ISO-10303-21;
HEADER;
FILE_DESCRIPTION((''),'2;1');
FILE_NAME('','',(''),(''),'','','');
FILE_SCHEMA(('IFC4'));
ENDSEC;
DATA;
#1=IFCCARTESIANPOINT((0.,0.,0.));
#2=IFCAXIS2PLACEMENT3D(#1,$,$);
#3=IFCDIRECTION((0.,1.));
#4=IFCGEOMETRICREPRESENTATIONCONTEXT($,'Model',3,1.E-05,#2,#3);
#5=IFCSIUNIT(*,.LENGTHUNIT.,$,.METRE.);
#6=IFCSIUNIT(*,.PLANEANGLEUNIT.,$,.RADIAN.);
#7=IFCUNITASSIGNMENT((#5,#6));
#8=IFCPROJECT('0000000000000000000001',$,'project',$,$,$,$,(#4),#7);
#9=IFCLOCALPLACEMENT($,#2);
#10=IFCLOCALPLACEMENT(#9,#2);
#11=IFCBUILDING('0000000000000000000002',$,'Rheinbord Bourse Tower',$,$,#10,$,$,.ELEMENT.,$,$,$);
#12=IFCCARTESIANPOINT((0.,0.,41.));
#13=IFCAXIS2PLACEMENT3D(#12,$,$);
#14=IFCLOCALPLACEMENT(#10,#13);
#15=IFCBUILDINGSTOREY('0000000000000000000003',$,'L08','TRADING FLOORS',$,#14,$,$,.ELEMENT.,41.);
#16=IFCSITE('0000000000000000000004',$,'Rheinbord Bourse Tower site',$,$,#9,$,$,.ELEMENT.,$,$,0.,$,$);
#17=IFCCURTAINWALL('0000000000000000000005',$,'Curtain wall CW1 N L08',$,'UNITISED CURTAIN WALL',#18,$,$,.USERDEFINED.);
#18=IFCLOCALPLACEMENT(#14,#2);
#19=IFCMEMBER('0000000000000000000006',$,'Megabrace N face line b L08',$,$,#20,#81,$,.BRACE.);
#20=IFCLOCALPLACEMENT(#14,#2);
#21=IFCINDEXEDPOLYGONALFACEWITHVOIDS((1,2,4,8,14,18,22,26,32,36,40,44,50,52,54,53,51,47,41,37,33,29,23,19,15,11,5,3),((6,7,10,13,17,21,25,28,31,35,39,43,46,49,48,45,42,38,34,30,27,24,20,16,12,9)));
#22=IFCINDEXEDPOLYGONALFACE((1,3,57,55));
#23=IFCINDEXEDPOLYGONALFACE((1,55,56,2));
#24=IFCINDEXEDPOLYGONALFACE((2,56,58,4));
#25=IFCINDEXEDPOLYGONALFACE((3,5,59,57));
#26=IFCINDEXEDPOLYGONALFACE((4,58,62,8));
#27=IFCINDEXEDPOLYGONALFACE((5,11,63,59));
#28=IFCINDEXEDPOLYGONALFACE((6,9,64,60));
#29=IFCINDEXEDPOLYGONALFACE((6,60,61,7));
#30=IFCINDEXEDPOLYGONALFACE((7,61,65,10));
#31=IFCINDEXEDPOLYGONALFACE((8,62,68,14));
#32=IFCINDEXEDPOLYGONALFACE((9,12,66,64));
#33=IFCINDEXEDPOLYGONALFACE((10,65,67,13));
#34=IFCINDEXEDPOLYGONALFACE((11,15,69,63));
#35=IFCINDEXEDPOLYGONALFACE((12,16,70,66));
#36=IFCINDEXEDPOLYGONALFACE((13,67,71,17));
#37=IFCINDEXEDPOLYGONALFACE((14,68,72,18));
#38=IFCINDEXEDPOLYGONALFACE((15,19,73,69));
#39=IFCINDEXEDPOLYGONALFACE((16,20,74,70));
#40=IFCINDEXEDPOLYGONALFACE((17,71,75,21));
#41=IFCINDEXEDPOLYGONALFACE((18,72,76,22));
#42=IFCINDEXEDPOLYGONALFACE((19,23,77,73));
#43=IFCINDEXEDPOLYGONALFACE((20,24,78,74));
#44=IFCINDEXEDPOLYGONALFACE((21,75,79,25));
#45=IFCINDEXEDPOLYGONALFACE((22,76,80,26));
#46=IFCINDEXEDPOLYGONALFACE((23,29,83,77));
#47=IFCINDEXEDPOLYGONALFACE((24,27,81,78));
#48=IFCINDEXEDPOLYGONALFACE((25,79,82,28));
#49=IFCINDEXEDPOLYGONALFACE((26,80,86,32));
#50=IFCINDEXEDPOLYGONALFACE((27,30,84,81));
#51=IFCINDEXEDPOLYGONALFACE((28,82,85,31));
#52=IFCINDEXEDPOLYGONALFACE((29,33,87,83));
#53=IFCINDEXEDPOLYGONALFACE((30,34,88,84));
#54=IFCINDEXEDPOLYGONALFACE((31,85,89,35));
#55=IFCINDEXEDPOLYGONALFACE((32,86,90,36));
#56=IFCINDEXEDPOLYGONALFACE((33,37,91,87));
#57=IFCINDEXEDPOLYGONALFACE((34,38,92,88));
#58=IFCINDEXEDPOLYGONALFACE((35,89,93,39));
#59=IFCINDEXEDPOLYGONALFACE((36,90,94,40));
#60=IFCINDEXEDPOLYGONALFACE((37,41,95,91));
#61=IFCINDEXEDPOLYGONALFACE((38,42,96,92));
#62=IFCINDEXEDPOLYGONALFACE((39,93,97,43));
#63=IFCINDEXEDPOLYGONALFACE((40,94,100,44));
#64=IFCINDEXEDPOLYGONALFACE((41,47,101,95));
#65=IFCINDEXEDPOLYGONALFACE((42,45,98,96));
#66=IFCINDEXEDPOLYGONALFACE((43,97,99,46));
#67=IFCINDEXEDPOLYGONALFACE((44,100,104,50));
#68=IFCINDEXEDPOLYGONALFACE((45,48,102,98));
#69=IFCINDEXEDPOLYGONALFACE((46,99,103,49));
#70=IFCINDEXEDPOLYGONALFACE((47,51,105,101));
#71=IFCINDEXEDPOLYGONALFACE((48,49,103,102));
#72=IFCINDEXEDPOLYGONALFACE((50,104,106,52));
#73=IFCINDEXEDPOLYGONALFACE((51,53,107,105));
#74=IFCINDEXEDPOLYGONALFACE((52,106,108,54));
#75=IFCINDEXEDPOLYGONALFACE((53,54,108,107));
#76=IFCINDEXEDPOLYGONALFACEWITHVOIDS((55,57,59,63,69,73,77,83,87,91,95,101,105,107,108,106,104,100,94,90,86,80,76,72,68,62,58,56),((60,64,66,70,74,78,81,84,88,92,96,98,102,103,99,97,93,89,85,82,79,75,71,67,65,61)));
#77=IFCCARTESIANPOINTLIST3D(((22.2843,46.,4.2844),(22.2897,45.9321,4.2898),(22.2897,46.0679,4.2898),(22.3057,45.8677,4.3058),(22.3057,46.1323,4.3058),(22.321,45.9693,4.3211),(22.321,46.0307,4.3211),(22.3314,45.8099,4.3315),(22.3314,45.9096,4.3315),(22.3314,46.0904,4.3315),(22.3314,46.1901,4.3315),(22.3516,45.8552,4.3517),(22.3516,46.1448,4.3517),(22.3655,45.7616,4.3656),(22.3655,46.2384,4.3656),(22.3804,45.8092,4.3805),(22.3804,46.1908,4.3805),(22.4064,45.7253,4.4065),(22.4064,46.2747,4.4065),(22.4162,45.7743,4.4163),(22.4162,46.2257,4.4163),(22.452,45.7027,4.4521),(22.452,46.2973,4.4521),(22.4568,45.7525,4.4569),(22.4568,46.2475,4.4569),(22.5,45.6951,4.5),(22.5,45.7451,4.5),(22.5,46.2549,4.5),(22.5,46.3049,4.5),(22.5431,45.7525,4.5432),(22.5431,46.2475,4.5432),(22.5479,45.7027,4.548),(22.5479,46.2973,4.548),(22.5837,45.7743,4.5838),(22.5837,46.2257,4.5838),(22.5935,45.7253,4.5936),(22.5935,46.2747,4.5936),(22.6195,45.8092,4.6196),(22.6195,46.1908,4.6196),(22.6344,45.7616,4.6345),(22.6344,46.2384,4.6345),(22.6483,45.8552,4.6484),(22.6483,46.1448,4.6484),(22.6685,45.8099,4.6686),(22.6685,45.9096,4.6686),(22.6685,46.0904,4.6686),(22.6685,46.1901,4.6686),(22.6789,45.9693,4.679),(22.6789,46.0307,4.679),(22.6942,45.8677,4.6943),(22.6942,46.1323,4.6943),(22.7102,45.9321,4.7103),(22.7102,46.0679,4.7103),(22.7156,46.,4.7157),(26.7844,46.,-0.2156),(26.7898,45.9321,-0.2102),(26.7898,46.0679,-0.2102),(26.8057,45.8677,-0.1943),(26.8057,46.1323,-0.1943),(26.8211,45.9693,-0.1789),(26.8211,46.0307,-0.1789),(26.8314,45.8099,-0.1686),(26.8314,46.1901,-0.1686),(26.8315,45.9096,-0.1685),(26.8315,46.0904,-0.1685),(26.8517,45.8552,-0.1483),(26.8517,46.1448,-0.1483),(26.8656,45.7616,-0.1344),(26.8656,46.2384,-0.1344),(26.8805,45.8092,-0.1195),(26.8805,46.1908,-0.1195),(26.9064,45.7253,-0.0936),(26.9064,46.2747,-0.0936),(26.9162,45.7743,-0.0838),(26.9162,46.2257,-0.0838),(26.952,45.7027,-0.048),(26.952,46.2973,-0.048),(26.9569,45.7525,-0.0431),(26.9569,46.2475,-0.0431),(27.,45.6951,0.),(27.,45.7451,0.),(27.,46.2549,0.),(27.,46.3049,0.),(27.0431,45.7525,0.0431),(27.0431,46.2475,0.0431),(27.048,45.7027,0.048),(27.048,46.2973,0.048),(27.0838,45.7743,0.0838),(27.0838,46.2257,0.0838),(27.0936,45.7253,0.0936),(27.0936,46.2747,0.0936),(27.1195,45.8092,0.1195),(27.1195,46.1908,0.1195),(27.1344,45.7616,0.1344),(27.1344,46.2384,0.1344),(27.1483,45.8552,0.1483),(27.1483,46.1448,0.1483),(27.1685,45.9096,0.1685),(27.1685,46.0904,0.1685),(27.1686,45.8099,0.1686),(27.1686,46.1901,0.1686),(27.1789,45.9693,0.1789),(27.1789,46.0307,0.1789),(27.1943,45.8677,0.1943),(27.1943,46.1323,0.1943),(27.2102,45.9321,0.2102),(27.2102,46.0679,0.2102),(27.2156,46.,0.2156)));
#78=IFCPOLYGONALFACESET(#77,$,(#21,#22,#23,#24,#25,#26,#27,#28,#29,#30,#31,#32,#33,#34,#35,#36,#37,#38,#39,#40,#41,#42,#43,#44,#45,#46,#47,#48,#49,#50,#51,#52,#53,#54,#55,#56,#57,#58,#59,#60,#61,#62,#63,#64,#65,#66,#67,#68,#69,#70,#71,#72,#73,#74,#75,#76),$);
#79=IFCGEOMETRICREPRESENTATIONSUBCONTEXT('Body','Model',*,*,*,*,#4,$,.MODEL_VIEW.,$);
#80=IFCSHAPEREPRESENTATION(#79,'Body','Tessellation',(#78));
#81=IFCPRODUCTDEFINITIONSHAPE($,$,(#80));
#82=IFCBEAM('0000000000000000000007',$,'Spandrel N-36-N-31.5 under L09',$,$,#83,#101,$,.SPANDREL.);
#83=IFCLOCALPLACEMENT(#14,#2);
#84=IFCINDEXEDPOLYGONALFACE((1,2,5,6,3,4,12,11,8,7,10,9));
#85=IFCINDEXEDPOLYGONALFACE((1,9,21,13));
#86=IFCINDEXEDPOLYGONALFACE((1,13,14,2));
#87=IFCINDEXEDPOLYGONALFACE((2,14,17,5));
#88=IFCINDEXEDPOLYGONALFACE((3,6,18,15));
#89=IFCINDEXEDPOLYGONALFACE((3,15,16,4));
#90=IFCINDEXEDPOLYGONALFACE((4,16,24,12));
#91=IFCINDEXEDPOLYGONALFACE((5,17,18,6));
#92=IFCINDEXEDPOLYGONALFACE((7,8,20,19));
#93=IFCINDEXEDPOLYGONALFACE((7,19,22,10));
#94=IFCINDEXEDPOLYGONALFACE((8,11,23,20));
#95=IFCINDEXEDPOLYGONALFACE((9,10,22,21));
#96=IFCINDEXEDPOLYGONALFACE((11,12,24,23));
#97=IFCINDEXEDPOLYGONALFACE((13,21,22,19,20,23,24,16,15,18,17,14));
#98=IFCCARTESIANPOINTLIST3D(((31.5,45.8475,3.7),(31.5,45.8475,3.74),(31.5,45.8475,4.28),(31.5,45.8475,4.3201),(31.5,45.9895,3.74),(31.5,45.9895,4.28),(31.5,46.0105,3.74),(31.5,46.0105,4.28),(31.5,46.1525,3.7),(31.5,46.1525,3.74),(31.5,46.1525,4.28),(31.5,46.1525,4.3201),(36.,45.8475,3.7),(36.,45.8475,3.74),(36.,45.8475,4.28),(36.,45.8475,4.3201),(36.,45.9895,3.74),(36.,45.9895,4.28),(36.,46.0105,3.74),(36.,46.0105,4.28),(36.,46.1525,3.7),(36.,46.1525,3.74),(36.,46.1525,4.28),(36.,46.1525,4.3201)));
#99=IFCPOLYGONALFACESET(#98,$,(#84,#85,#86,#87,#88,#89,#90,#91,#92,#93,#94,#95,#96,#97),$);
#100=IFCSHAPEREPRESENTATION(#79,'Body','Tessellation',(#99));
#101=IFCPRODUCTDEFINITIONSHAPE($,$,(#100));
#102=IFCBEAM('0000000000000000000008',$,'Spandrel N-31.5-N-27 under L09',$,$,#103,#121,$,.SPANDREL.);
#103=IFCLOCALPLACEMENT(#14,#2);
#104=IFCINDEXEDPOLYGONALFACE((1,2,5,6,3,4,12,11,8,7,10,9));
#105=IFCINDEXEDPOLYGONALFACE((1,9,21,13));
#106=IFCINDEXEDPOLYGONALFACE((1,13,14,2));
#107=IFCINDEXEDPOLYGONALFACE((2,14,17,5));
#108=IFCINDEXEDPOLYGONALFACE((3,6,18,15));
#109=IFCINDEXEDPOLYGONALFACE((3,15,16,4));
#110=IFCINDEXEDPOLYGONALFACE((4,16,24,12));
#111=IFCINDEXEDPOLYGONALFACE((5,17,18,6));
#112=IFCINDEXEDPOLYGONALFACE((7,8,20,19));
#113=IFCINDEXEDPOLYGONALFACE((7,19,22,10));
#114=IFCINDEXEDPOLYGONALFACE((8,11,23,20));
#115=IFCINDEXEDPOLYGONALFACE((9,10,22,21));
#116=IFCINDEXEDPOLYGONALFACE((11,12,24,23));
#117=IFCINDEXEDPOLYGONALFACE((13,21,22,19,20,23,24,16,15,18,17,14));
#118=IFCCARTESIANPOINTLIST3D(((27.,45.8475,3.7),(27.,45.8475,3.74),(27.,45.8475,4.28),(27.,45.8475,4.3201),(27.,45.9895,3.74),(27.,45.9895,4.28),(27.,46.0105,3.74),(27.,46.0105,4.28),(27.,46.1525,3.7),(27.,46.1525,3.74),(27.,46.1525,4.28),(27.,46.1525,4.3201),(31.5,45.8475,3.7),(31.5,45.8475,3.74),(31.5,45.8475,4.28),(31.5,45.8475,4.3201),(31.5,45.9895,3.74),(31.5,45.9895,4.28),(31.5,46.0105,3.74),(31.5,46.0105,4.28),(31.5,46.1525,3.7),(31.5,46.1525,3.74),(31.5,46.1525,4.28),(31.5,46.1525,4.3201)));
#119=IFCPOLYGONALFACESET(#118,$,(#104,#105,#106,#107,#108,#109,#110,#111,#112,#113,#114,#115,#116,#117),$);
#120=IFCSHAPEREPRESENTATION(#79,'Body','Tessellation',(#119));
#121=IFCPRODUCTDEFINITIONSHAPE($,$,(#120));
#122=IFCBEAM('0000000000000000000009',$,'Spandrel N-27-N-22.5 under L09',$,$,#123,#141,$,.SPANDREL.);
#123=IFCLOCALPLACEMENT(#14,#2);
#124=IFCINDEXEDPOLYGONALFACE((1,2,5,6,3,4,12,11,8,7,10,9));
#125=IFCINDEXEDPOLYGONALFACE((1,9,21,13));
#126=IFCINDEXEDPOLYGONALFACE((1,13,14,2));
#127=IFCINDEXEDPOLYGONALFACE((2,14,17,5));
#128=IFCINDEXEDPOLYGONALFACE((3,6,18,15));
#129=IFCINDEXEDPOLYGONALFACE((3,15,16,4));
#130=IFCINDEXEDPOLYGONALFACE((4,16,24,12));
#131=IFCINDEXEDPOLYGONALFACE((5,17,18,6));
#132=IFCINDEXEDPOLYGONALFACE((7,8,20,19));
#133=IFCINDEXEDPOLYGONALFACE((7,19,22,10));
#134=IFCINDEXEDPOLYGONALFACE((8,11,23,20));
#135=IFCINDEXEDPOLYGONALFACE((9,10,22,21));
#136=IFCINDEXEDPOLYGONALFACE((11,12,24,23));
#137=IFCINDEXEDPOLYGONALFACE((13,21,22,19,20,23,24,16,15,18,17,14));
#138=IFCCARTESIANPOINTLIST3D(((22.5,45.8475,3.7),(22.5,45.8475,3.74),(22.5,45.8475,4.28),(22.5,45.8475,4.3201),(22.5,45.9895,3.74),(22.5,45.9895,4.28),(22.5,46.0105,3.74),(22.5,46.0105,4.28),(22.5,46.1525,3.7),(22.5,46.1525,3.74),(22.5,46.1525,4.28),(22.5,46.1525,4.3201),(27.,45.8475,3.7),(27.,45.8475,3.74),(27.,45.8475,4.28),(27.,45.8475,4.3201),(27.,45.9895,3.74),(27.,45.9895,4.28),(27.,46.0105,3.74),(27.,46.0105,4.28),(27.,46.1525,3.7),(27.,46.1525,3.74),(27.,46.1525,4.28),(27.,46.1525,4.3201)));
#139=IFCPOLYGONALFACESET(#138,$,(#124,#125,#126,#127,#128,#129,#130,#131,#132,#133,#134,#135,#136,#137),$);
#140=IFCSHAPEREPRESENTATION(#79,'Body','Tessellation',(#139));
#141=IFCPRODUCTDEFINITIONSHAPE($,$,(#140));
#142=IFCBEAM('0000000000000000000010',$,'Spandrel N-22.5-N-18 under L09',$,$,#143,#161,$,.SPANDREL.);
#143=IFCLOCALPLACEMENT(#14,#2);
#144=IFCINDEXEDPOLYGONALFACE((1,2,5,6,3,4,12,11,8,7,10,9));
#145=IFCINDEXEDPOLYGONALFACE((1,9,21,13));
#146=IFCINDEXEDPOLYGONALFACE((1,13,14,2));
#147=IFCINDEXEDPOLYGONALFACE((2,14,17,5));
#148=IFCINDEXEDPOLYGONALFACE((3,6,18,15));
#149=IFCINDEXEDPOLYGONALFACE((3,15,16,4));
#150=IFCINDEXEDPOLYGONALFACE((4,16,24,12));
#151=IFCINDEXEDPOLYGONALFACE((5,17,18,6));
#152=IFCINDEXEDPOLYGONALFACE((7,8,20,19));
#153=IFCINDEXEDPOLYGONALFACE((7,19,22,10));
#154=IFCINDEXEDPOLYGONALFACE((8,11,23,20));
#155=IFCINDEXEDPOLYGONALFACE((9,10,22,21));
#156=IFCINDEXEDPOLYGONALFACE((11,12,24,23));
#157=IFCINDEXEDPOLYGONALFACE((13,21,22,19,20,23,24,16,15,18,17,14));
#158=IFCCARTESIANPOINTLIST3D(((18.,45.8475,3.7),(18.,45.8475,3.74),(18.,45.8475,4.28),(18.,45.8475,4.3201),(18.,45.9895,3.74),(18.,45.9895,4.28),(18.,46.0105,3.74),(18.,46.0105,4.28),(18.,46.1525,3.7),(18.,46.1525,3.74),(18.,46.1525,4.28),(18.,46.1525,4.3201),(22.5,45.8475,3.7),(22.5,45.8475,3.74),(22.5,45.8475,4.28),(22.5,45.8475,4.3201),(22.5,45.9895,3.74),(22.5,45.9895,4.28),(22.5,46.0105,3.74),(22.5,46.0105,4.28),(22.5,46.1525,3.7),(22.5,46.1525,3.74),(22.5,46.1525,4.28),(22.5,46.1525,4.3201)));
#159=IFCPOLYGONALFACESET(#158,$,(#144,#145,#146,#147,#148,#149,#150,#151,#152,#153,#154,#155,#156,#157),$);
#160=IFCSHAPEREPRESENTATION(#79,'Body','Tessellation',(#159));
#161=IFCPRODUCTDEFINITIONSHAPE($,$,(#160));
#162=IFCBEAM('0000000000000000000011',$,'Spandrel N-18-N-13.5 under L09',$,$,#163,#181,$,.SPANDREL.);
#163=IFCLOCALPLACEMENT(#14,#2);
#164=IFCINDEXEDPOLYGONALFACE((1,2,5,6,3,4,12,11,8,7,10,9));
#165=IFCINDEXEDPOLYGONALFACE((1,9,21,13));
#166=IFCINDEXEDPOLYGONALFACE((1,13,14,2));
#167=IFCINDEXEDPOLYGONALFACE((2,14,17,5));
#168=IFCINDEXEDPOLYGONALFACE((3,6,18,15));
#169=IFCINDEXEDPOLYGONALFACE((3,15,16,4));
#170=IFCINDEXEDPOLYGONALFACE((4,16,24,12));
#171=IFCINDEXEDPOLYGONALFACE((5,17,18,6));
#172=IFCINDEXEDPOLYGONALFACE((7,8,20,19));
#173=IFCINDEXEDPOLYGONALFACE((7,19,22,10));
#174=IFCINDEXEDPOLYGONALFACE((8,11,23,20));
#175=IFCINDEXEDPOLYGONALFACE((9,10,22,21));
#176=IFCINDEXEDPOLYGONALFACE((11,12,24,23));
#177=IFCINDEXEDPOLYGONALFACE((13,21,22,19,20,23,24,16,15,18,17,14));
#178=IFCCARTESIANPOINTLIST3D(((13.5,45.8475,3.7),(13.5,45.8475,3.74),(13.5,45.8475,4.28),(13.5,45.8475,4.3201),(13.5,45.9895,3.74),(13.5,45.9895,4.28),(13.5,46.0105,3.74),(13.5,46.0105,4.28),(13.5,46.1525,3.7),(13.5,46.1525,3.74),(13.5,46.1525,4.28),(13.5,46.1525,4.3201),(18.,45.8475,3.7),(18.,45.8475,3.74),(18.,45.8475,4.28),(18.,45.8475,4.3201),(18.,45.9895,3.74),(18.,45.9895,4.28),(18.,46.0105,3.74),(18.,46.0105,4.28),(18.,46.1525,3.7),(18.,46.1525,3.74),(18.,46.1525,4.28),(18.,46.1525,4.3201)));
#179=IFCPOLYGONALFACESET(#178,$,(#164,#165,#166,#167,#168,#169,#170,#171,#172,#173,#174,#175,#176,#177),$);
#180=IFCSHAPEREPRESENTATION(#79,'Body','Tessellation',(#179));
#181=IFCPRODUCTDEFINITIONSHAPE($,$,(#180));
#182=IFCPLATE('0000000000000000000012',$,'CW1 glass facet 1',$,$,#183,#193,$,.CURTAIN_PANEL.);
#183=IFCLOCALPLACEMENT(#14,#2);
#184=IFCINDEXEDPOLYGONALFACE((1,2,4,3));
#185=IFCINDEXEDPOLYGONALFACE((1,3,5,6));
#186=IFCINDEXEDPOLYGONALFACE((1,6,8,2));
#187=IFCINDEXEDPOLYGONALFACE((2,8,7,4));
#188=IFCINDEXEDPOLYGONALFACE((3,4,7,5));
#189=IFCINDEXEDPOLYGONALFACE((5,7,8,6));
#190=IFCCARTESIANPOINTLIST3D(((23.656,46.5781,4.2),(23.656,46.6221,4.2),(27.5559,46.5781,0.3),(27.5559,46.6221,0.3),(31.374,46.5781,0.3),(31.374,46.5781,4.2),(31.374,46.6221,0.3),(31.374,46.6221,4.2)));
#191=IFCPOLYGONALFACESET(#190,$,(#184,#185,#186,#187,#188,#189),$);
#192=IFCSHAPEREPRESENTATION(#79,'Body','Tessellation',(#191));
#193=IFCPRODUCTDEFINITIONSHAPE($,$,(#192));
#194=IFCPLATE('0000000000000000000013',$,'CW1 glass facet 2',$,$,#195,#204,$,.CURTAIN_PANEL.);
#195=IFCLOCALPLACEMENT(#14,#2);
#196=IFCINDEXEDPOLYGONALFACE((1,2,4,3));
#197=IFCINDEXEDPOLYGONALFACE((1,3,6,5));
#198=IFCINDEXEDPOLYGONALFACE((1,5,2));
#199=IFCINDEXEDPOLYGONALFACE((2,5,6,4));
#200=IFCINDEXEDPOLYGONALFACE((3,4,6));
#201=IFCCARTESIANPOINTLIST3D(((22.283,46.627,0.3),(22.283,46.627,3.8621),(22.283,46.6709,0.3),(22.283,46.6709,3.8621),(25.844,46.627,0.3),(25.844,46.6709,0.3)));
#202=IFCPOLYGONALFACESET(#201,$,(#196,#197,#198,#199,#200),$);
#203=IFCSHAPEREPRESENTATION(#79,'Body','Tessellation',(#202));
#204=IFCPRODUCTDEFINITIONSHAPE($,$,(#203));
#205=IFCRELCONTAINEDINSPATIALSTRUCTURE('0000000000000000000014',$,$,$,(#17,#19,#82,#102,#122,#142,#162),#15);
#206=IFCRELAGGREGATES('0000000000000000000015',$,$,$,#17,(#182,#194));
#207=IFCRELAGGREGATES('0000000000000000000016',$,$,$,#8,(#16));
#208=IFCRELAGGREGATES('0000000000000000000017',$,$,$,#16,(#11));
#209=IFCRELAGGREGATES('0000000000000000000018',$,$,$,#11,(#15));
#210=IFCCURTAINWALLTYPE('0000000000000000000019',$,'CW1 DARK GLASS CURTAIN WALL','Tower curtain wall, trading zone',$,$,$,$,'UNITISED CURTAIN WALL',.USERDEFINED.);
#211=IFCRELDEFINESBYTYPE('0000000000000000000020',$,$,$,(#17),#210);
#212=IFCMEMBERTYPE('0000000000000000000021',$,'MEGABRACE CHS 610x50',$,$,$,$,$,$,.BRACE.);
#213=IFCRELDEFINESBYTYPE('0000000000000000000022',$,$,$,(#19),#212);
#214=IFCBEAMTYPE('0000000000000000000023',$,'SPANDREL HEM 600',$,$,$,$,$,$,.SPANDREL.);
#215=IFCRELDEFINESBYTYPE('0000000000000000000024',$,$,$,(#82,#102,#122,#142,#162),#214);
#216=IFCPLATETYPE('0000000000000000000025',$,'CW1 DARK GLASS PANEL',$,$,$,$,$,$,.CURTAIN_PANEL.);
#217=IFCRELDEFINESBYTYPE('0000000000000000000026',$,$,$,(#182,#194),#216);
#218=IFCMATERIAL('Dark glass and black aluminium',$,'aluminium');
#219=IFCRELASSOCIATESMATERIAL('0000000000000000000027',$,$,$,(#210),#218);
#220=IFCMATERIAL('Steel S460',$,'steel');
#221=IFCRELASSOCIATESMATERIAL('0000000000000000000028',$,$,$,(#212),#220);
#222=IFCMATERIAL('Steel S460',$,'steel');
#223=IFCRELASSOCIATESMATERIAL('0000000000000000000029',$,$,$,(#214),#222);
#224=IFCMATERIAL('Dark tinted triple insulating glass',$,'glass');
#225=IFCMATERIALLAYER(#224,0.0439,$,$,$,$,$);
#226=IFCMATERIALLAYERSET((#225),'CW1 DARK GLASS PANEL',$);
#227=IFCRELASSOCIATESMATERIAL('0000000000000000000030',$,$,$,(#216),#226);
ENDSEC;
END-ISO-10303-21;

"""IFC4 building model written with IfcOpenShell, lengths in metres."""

from ifc_helpers import new_model, si_unit, direction, frame, origin, origin_2d, place, context, subcontext, project, spatial, polyline, hollow_circle, i_section, outline, extrude, material, layer, layer_set, material_profile, profile_set, type_object, element, aggregate, save


model = new_model("IFC4")

# Units and contexts
model_context = context("Model", 3, precision=1e-05, world=origin(), true_north=direction((0.0, 1.0)))
body_context = subcontext(model_context, "Body", "Model", "MODEL_VIEW")
ifc_project = project(units=[si_unit("LENGTHUNIT", "METRE"), si_unit("PLANEANGLEUNIT", "RADIAN")], contexts=[model_context])

# Site, building, storey
site_placement = place(None, origin())
site = spatial("IfcSite", under=ifc_project, at=site_placement, Name="Rheinbord Bourse Tower site", CompositionType="ELEMENT", RefElevation=0.0)
building_placement = place(site_placement, origin())
building = spatial("IfcBuilding", under=site, at=building_placement, Name="Rheinbord Bourse Tower", CompositionType="ELEMENT")
storey_placement = place(building_placement, frame((0.0, 0.0, 41.0)))
storey = spatial("IfcBuildingStorey", under=building, at=storey_placement, Name="L08", Description="TRADING FLOORS", CompositionType="ELEMENT", Elevation=41.0)

# Curtain wall
ifc_material_1 = material(Name="Dark glass and black aluminium", Category="aluminium")
curtain_wall_type = type_object("IfcCurtainWallType", Name="CW1 DARK GLASS CURTAIN WALL", Description="Tower curtain wall, trading zone", ElementType="UNITISED CURTAIN WALL", PredefinedType="USERDEFINED", material=ifc_material_1)
curtain_wall_placement = place(storey_placement, origin())
curtain_wall = element("IfcCurtainWall", 1, at=curtain_wall_placement, inside=storey, type_object=curtain_wall_type, Name="Curtain wall CW1 N L08", ObjectType="UNITISED CURTAIN WALL", PredefinedType="USERDEFINED")

# Member
ifc_material_2 = material(Name="Steel S460", Category="steel")
ifc_material_profile_1 = material_profile(ifc_material_2, hollow_circle(Radius=0.3049, WallThickness=0.05, at=origin_2d()), Name="CHS 610x50")
ifc_profile_set_1 = profile_set([ifc_material_profile_1], Name="Steel S460")
member_type_1 = type_object("IfcMemberType", Name="MEGABRACE CHS 610x50", PredefinedType="BRACE", material=ifc_profile_set_1)
member_1_placement = place(storey_placement, frame((27.0, 46.0, 0.0), z_axis=(-0.707107, 0.0, 0.707107), x_axis=(0.0, -1.0, 0.0)))
element("IfcMember", 2, at=member_1_placement, inside=storey, type_object=member_type_1, Name="Megabrace N face line b L08", PredefinedType="BRACE", context=body_context, shape_type="SweptSolid", body=[
    extrude(hollow_circle(Radius=0.3049, WallThickness=0.05, at=origin_2d()), origin(), (0.0, 0.0, 1.0), 6.364),
])

# Beams
ifc_material_3 = material(Name="Steel S460", Category="steel")
ifc_material_profile_2 = material_profile(ifc_material_3, i_section(OverallWidth=0.3049, OverallDepth=0.6201, WebThickness=0.021, FlangeThickness=0.04, at=origin_2d()), Name="HEM 600")
ifc_profile_set_2 = profile_set([ifc_material_profile_2], Name="Steel S460")
beam_type_1 = type_object("IfcBeamType", Name="SPANDREL HEM 600", PredefinedType="SPANDREL", material=ifc_profile_set_2)
for number, where, z_axis, x_axis, name in (
    (3, (36.0, 46.0, 4.01), (-1.0, 0.0, 0.0), (0.0, -1.0, 0.0), "Spandrel N-36-N-31.5 under L09"),
    (4, (31.5, 46.0, 4.01), (-1.0, 0.0, 0.0), (0.0, -1.0, 0.0), "Spandrel N-31.5-N-27 under L09"),
    (5, (27.0, 46.0, 4.01), (-1.0, 0.0, 0.0), (0.0, -1.0, 0.0), "Spandrel N-27-N-22.5 under L09"),
    (6, (22.5, 46.0, 4.01), (-1.0, 0.0, 0.0), (0.0, -1.0, 0.0), "Spandrel N-22.5-N-18 under L09"),
    (7, (18.0, 46.0, 4.01), (-1.0, 0.0, 0.0), (0.0, -1.0, 0.0), "Spandrel N-18-N-13.5 under L09"),
):
    element("IfcBeam", number, at=place(storey_placement, frame(where, z_axis=z_axis, x_axis=x_axis)), inside=storey, type_object=beam_type_1, Name=name, PredefinedType="SPANDREL", context=body_context, shape_type="SweptSolid", body=[
        extrude(i_section(OverallWidth=0.3049, OverallDepth=0.6201, WebThickness=0.021, FlangeThickness=0.04, at=origin_2d()), origin(), (0.0, 0.0, 1.0), 4.5),
    ])

# Plates
ifc_material_4 = material(Name="Dark tinted triple insulating glass", Category="glass")
ifc_layer = layer(ifc_material_4, 0.0439)
ifc_layer_set = layer_set([ifc_layer], Name="CW1 DARK GLASS PANEL")
plate_type = type_object("IfcPlateType", Name="CW1 DARK GLASS PANEL", PredefinedType="CURTAIN_PANEL", material=ifc_layer_set)
plate_1_placement = place(storey_placement, frame((31.374, 46.6221, 0.3), z_axis=(0.0, -1.0, 0.0), x_axis=(0.0, 0.0, 1.0)))
plate_1 = element("IfcPlate", 8, at=plate_1_placement, type_object=plate_type, Name="CW1 glass facet 1", PredefinedType="CURTAIN_PANEL", context=body_context, shape_type="SweptSolid", body=[
    extrude(outline(polyline([(0.0, 0.0), (3.8999, 0.0), (3.8999, 7.718), (0.0, 3.8181), (0.0, 0.0)])), origin(), (0.0, 0.0, 1.0), 0.0439),
])
plate_2_placement = place(storey_placement, frame((22.283, 46.6709, 0.3), z_axis=(0.0, -1.0, 0.0), x_axis=(1.0, 0.0, 0.0)))
plate_2 = element("IfcPlate", 9, at=plate_2_placement, type_object=plate_type, Name="CW1 glass facet 2", PredefinedType="CURTAIN_PANEL", context=body_context, shape_type="SweptSolid", body=[
    extrude(outline(polyline([(0.0, 0.0), (3.561, 0.0), (0.0, 3.562), (0.0, 0.0)])), origin(), (0.0, 0.0, 1.0), 0.0439),
])
aggregate(curtain_wall, [plate_1, plate_2])

save(model, "model.ifc")
